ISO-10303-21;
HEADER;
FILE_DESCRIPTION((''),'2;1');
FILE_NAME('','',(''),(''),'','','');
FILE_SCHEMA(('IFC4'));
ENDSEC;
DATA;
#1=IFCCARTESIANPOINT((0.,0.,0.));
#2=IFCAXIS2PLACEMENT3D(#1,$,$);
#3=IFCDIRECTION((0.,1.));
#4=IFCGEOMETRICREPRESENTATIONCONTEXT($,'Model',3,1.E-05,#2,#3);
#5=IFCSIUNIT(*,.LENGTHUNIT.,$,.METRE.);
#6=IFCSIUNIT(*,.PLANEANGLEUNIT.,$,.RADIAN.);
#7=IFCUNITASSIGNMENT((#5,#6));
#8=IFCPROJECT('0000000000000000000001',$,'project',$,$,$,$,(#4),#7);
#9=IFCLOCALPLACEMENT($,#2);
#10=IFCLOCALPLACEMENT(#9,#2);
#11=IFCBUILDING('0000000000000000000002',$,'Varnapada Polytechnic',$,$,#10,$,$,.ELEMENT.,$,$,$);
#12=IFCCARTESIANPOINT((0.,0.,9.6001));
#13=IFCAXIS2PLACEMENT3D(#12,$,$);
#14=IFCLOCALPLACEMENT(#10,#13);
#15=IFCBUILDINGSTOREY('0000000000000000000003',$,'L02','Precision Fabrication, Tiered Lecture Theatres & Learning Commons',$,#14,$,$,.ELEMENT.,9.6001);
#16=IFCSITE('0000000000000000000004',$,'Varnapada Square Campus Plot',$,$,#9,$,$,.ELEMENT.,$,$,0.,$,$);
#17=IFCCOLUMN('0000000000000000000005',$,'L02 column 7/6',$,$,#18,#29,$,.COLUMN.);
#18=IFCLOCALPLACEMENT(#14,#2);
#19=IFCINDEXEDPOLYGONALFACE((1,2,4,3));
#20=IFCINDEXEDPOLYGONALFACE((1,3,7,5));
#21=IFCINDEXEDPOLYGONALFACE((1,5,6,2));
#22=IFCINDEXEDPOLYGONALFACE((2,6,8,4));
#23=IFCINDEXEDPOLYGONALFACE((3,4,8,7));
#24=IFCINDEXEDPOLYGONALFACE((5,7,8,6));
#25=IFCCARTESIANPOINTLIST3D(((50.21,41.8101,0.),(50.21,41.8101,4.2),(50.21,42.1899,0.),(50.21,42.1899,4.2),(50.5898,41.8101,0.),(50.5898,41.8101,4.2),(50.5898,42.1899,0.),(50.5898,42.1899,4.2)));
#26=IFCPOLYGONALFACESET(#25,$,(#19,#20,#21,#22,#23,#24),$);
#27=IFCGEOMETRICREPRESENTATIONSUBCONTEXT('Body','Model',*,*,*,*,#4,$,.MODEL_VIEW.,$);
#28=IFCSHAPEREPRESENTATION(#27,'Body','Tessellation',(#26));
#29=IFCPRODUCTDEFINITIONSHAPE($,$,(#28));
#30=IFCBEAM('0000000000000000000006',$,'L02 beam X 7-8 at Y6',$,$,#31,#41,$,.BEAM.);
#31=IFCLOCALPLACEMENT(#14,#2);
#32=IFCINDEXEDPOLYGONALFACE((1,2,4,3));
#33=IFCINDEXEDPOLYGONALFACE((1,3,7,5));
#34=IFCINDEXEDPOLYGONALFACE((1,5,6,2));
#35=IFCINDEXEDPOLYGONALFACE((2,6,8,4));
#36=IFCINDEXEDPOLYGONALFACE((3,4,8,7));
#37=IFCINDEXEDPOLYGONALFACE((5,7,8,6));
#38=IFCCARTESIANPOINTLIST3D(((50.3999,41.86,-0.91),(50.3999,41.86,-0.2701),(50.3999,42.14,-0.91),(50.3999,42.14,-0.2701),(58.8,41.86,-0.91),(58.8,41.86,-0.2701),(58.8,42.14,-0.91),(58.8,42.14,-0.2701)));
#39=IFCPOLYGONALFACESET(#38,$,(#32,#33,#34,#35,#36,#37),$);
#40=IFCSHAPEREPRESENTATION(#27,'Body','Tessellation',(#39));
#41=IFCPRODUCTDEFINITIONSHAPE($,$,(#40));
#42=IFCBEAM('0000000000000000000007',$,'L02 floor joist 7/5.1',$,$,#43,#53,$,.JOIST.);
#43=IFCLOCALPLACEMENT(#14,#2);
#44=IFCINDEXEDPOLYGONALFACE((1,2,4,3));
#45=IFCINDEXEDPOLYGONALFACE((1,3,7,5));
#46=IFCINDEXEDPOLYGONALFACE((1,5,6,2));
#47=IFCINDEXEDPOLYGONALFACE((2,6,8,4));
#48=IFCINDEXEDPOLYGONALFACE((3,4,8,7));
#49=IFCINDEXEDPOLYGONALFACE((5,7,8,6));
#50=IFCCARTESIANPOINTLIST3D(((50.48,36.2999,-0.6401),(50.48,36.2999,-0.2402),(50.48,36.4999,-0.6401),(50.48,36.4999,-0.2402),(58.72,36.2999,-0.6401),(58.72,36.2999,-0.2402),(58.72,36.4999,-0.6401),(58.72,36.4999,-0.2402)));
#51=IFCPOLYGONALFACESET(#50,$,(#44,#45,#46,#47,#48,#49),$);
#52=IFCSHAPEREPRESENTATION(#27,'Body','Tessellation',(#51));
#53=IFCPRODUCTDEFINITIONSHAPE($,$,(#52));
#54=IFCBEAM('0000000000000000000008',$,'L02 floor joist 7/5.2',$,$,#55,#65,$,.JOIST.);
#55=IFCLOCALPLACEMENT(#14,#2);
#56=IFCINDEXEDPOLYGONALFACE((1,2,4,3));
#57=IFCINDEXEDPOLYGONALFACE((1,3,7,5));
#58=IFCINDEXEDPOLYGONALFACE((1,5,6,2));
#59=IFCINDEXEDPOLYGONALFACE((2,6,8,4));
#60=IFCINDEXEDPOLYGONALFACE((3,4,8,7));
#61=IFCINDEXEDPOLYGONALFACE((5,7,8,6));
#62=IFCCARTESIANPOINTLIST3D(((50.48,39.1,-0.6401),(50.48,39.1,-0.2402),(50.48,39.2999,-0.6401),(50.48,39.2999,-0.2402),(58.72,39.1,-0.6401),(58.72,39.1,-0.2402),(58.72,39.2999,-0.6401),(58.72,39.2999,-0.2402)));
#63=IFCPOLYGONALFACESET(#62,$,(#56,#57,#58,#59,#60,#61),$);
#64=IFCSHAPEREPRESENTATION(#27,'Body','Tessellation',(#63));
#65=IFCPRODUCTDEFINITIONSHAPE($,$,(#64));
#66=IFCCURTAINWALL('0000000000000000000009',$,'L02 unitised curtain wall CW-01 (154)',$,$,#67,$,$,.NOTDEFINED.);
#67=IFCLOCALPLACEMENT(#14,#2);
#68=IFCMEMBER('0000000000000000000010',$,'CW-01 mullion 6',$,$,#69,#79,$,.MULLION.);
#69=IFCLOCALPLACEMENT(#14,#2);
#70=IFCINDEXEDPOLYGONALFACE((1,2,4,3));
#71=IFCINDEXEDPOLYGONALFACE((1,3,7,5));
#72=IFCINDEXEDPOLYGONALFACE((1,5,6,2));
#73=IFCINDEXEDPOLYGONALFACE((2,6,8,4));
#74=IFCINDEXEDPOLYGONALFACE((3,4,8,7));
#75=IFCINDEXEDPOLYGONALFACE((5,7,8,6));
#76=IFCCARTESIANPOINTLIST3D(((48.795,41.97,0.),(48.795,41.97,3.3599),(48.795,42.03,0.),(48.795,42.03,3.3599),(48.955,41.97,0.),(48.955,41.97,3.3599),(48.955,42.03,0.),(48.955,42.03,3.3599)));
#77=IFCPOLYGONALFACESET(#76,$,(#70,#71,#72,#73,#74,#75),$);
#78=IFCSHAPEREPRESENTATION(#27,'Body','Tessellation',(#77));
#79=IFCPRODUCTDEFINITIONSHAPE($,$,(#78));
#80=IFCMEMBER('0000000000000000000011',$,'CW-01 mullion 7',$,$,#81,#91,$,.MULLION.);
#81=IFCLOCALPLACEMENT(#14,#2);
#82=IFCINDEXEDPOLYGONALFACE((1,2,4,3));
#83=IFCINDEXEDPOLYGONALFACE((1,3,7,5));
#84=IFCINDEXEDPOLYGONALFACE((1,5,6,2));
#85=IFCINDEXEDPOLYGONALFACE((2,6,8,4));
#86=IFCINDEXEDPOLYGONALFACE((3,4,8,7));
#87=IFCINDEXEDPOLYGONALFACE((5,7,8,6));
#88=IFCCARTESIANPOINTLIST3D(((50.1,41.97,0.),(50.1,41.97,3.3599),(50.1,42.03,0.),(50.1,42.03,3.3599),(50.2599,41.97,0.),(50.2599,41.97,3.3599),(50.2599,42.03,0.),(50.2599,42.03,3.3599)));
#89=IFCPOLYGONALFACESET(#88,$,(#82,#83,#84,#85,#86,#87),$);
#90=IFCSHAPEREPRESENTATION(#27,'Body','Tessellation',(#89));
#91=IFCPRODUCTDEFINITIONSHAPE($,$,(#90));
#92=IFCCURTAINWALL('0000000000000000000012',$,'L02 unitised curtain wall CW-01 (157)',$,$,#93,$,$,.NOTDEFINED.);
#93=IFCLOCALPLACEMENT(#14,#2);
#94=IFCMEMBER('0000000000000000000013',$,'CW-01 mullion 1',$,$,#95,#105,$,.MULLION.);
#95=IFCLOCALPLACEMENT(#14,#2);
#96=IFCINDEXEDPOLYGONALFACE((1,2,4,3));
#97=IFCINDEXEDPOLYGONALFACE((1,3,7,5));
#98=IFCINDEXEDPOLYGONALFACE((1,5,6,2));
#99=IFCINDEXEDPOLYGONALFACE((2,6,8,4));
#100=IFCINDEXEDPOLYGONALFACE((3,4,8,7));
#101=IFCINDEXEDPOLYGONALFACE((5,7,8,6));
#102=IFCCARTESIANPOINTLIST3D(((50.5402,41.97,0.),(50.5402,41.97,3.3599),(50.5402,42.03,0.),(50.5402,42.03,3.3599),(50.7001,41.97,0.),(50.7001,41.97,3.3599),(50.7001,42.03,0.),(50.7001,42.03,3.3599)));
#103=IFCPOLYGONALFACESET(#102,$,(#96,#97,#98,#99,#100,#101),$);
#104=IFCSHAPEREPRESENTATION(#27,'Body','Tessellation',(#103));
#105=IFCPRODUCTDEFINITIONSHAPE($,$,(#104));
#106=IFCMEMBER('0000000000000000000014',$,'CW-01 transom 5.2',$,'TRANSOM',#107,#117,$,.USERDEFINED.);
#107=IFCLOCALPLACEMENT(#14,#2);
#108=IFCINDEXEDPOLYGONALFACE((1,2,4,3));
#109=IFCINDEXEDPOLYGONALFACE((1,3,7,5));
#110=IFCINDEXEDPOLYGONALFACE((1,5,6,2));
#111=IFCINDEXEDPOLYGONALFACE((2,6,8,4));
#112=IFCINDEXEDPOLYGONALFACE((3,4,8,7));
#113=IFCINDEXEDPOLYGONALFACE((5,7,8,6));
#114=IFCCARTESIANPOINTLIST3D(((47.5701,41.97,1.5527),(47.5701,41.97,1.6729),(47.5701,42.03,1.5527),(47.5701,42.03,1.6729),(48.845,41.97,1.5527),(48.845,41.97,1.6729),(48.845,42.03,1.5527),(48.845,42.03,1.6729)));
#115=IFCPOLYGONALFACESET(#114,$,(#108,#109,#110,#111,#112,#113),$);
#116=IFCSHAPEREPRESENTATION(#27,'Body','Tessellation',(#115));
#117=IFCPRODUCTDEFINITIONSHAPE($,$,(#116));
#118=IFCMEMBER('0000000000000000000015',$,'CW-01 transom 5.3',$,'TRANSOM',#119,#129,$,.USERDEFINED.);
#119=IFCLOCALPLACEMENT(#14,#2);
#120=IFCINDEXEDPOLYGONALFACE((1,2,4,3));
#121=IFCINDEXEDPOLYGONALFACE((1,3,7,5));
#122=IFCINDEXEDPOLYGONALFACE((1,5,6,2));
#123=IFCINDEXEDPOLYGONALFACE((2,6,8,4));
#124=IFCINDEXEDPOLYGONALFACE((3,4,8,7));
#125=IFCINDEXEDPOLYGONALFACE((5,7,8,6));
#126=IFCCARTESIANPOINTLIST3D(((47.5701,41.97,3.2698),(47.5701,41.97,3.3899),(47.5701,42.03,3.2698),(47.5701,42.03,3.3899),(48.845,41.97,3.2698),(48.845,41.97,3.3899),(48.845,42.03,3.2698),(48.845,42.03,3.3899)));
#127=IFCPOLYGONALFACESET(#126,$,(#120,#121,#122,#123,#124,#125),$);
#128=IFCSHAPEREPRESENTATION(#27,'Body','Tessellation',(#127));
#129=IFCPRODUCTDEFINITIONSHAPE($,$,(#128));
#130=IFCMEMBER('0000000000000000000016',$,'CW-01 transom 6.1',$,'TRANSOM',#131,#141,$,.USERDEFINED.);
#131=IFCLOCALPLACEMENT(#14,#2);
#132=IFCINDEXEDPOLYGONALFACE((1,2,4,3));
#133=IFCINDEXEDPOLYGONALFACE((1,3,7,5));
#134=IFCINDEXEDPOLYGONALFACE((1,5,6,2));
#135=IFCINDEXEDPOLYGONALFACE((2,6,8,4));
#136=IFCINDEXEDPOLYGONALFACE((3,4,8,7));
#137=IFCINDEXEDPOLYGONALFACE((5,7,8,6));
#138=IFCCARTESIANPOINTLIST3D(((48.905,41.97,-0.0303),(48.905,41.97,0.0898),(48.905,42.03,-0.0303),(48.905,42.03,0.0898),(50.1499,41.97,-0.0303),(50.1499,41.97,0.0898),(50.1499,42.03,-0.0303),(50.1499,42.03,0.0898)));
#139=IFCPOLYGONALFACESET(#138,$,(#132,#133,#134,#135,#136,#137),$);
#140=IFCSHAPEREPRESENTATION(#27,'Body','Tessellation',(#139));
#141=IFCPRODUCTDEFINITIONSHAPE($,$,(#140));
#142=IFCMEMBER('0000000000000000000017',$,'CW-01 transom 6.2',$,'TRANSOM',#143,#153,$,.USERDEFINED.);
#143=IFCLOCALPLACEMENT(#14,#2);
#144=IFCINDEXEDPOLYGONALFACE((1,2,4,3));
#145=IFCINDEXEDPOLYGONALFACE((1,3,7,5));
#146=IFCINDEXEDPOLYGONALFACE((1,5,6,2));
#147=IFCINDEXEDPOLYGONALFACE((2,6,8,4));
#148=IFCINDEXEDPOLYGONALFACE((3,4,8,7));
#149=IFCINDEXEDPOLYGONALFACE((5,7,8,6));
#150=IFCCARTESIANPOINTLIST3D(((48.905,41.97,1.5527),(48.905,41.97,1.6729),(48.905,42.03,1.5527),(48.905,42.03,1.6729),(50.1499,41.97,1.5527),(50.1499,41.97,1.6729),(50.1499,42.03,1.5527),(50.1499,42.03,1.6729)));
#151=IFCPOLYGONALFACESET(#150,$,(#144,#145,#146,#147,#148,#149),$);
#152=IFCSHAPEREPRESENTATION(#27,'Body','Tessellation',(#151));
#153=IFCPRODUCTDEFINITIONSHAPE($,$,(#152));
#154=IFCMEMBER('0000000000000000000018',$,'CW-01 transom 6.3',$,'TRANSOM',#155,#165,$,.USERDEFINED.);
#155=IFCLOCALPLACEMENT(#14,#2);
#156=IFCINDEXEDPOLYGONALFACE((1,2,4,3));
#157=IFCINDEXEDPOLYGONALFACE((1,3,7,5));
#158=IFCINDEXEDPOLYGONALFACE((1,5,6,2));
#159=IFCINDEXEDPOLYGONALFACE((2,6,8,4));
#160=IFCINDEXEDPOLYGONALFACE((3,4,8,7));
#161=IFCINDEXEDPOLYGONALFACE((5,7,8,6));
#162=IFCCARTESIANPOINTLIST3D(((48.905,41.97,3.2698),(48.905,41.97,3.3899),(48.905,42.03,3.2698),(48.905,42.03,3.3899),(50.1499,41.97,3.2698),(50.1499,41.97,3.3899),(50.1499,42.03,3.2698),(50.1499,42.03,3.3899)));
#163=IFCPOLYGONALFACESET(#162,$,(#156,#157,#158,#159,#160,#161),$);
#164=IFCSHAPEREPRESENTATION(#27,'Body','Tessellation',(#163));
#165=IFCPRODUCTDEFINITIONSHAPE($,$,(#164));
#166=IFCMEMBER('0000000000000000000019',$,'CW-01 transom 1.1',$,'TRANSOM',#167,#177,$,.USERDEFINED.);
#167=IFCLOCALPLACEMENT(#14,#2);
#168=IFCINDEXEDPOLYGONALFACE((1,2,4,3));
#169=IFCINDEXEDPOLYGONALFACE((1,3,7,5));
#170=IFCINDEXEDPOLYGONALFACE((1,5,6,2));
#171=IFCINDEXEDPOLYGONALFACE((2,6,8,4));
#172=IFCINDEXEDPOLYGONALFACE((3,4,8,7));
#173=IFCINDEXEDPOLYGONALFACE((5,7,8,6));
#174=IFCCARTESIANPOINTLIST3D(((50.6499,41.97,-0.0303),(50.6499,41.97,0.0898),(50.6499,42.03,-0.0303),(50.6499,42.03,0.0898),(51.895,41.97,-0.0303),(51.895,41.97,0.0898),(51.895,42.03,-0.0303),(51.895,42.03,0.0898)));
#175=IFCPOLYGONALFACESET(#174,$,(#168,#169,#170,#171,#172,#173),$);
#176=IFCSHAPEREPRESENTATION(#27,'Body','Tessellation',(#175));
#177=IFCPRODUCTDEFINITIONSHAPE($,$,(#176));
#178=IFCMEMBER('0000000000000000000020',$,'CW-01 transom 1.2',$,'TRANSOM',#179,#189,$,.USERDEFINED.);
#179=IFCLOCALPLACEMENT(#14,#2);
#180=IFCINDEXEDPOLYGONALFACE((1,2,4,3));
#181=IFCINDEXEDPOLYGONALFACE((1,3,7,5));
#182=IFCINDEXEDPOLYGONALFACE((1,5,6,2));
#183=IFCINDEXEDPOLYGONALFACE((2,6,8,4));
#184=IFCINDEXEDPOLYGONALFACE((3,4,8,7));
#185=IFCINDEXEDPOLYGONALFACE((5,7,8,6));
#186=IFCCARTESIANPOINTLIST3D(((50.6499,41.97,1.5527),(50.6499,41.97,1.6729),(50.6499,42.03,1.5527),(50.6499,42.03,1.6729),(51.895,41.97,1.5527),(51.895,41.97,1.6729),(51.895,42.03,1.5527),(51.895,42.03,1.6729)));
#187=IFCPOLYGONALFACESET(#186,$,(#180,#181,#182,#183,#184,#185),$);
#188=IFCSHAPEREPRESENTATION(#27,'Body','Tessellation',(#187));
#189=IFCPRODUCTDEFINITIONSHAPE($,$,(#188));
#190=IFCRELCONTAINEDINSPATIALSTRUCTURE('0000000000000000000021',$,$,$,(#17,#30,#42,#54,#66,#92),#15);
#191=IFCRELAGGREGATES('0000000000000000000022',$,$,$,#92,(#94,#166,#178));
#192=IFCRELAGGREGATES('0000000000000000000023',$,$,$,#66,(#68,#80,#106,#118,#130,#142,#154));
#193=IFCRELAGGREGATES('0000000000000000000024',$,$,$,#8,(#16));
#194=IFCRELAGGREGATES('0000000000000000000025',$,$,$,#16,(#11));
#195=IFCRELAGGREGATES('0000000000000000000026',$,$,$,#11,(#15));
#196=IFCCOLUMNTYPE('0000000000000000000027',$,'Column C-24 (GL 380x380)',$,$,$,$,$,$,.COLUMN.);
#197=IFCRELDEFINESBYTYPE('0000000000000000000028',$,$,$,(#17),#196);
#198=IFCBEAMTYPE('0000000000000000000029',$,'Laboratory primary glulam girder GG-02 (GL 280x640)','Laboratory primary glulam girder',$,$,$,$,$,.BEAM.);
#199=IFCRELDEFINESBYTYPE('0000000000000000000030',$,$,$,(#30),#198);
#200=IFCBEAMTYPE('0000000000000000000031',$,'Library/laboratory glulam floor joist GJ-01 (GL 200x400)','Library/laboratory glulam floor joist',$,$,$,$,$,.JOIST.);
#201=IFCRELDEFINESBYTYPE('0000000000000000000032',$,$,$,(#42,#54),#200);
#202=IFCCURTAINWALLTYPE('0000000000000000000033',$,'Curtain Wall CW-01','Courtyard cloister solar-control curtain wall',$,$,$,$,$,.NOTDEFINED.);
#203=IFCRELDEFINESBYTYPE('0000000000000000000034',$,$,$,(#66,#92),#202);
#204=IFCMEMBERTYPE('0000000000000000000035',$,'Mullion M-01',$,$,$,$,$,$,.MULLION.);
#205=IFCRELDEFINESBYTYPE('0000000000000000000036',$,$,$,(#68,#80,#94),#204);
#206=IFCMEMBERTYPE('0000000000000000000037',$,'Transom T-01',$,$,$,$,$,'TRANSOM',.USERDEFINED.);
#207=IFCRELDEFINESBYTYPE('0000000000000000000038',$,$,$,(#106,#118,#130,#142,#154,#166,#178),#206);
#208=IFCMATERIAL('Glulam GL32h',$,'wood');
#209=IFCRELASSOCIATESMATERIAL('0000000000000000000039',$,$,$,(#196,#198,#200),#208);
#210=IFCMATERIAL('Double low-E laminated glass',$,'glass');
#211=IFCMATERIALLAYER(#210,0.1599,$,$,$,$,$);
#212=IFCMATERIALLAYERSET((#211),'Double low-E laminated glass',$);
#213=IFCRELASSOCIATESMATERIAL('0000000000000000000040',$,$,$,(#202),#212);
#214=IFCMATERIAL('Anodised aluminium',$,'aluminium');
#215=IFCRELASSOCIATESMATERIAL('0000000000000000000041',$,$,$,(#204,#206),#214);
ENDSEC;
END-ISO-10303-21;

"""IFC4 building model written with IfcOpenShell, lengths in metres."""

from ifc_helpers import new_model, si_unit, direction, frame, origin, origin_2d, place, context, subcontext, project, spatial, rectangle, extrude, material, layer, layer_set, material_profile, profile_set, type_object, element, aggregate, save


model = new_model("IFC4")

# Units and contexts
model_context = context("Model", 3, precision=1e-05, world=origin(), true_north=direction((0.0, 1.0)))
body_context = subcontext(model_context, "Body", "Model", "MODEL_VIEW")
ifc_project = project(units=[si_unit("LENGTHUNIT", "METRE"), si_unit("PLANEANGLEUNIT", "RADIAN")], contexts=[model_context])

# Site, building, storey
site_placement = place(None, origin())
site = spatial("IfcSite", under=ifc_project, at=site_placement, Name="Varnapada Square Campus Plot", CompositionType="ELEMENT", RefElevation=0.0)
building_placement = place(site_placement, origin())
building = spatial("IfcBuilding", under=site, at=building_placement, Name="Varnapada Polytechnic", CompositionType="ELEMENT")
storey_placement = place(building_placement, frame((0.0, 0.0, 9.6001)))
storey = spatial("IfcBuildingStorey", under=building, at=storey_placement, Name="L02", Description="Precision Fabrication, Tiered Lecture Theatres & Learning Commons", CompositionType="ELEMENT", Elevation=9.6001)

# Column
ifc_material_1 = material(Name="Glulam GL32h", Category="wood")
ifc_material_profile_1 = material_profile(ifc_material_1, rectangle(XDim=0.3799, YDim=0.3799, at=origin_2d()), Name="GL 380x380")
ifc_profile_set_1 = profile_set([ifc_material_profile_1], Name="Glulam GL32h")
column_type = type_object("IfcColumnType", Name="Column C-24 (GL 380x380)", PredefinedType="COLUMN", material=ifc_profile_set_1)
column_placement = place(storey_placement, frame((50.3999, 42.0, 0.0), z_axis=(0.0, 0.0, 1.0), x_axis=(1.0, 0.0, 0.0)))
element("IfcColumn", 1, at=column_placement, inside=storey, type_object=column_type, Name="L02 column 7/6", PredefinedType="COLUMN", context=body_context, shape_type="SweptSolid", body=[
    extrude(rectangle(XDim=0.3799, YDim=0.3799, at=origin_2d()), origin(), (0.0, 0.0, 1.0), 4.2),
])

# Beams
ifc_material_profile_2 = material_profile(ifc_material_1, rectangle(XDim=0.28, YDim=0.6399, at=origin_2d()), Name="GL 280x640")
ifc_profile_set_2 = profile_set([ifc_material_profile_2], Name="Glulam GL32h")
beam_type_1 = type_object("IfcBeamType", Name="Laboratory primary glulam girder GG-02 (GL 280x640)", Description="Laboratory primary glulam girder", PredefinedType="BEAM", material=ifc_profile_set_2)
beam_1_placement = place(storey_placement, frame((50.3999, 42.0, -0.5901), z_axis=(1.0, 0.0, 0.0), x_axis=(0.0, 1.0, 0.0)))
element("IfcBeam", 2, at=beam_1_placement, inside=storey, type_object=beam_type_1, Name="L02 beam X 7-8 at Y6", PredefinedType="BEAM", context=body_context, shape_type="SweptSolid", body=[
    extrude(rectangle(XDim=0.28, YDim=0.6399, at=origin_2d()), origin(), (0.0, 0.0, 1.0), 8.4001),
])
ifc_material_profile_3 = material_profile(ifc_material_1, rectangle(XDim=0.2, YDim=0.3999, at=origin_2d()), Name="GL 200x400")
ifc_profile_set_3 = profile_set([ifc_material_profile_3], Name="Glulam GL32h")
beam_type_2 = type_object("IfcBeamType", Name="Library/laboratory glulam floor joist GJ-01 (GL 200x400)", Description="Library/laboratory glulam floor joist", PredefinedType="JOIST", material=ifc_profile_set_3)
for number, where, z_axis, x_axis, name in (
    (3, (50.48, 36.3999, -0.4402), (1.0, 0.0, 0.0), (0.0, 1.0, 0.0), "L02 floor joist 7/5.1"),
    (4, (50.48, 39.2, -0.4402), (1.0, 0.0, 0.0), (0.0, 1.0, 0.0), "L02 floor joist 7/5.2"),
):
    element("IfcBeam", number, at=place(storey_placement, frame(where, z_axis=z_axis, x_axis=x_axis)), inside=storey, type_object=beam_type_2, Name=name, PredefinedType="JOIST", context=body_context, shape_type="SweptSolid", body=[
        extrude(rectangle(XDim=0.2, YDim=0.3999, at=origin_2d()), origin(), (0.0, 0.0, 1.0), 8.24),
    ])

# Curtain wall, members
ifc_material_2 = material(Name="Double low-E laminated glass", Category="glass")
ifc_layer_1 = layer(ifc_material_2, 0.1599)
ifc_layer_set_1 = layer_set([ifc_layer_1], Name="Double low-E laminated glass")
curtain_wall_type = type_object("IfcCurtainWallType", Name="Curtain Wall CW-01", Description="Courtyard cloister solar-control curtain wall", PredefinedType="NOTDEFINED", material=ifc_layer_set_1)
curtain_wall_1_placement = place(storey_placement, origin())
curtain_wall_1 = element("IfcCurtainWall", 5, at=curtain_wall_1_placement, inside=storey, type_object=curtain_wall_type, Name="L02 unitised curtain wall CW-01 (154)", PredefinedType="NOTDEFINED")
ifc_material_3 = material(Name="Anodised aluminium", Category="aluminium")
ifc_material_profile_4 = material_profile(ifc_material_3, rectangle(XDim=0.0601, YDim=0.1599, at=origin_2d()), Name="ALU M60x160")
ifc_profile_set_4 = profile_set([ifc_material_profile_4], Name="Anodised aluminium")
member_type_1 = type_object("IfcMemberType", Name="Mullion M-01", PredefinedType="MULLION", material=ifc_profile_set_4)
member_1_placement = place(storey_placement, frame((48.875, 42.0, 0.0), z_axis=(0.0, 0.0, 1.0), x_axis=(0.0, 1.0, 0.0)))
member_1 = element("IfcMember", 6, at=member_1_placement, type_object=member_type_1, Name="CW-01 mullion 6", PredefinedType="MULLION", context=body_context, shape_type="SweptSolid", body=[
    extrude(rectangle(XDim=0.0601, YDim=0.1599, at=origin_2d()), origin(), (0.0, 0.0, 1.0), 3.3599),
])
member_2_placement = place(storey_placement, frame((50.1799, 42.0, 0.0), z_axis=(0.0, 0.0, 1.0), x_axis=(0.0, 1.0, 0.0)))
member_2 = element("IfcMember", 7, at=member_2_placement, type_object=member_type_1, Name="CW-01 mullion 7", PredefinedType="MULLION", context=body_context, shape_type="SweptSolid", body=[
    extrude(rectangle(XDim=0.0601, YDim=0.1599, at=origin_2d()), origin(), (0.0, 0.0, 1.0), 3.3599),
])

# Curtain wall, member
curtain_wall_2_placement = place(storey_placement, origin())
curtain_wall_2 = element("IfcCurtainWall", 8, at=curtain_wall_2_placement, inside=storey, type_object=curtain_wall_type, Name="L02 unitised curtain wall CW-01 (157)", PredefinedType="NOTDEFINED")
member_3_placement = place(storey_placement, frame((50.6201, 42.0, 0.0), z_axis=(0.0, 0.0, 1.0), x_axis=(0.0, 1.0, 0.0)))
member_3 = element("IfcMember", 9, at=member_3_placement, type_object=member_type_1, Name="CW-01 mullion 1", PredefinedType="MULLION", context=body_context, shape_type="SweptSolid", body=[
    extrude(rectangle(XDim=0.0601, YDim=0.1599, at=origin_2d()), origin(), (0.0, 0.0, 1.0), 3.3599),
])

# Members
ifc_material_profile_5 = material_profile(ifc_material_3, rectangle(XDim=0.0601, YDim=0.1201, at=origin_2d()), Name="ALU T60x120")
ifc_profile_set_5 = profile_set([ifc_material_profile_5], Name="Anodised aluminium")
member_type_2 = type_object("IfcMemberType", Name="Transom T-01", ElementType="TRANSOM", PredefinedType="USERDEFINED", material=ifc_profile_set_5)
member_4_placement = place(storey_placement, frame((47.5701, 42.0, 1.6128), z_axis=(1.0, 0.0, 0.0), x_axis=(0.0, 1.0, 0.0)))
member_4 = element("IfcMember", 10, at=member_4_placement, type_object=member_type_2, Name="CW-01 transom 5.2", ObjectType="TRANSOM", PredefinedType="USERDEFINED", context=body_context, shape_type="SweptSolid", body=[
    extrude(rectangle(XDim=0.0601, YDim=0.1201, at=origin_2d()), origin(), (0.0, 0.0, 1.0), 1.2749),
])
member_5_placement = place(storey_placement, frame((47.5701, 42.0, 3.3298), z_axis=(1.0, 0.0, 0.0), x_axis=(0.0, 1.0, 0.0)))
member_5 = element("IfcMember", 11, at=member_5_placement, type_object=member_type_2, Name="CW-01 transom 5.3", ObjectType="TRANSOM", PredefinedType="USERDEFINED", context=body_context, shape_type="SweptSolid", body=[
    extrude(rectangle(XDim=0.0601, YDim=0.1201, at=origin_2d()), origin(), (0.0, 0.0, 1.0), 1.2749),
])
member_6_placement = place(storey_placement, frame((48.905, 42.0, 0.0298), z_axis=(1.0, 0.0, 0.0), x_axis=(0.0, 1.0, 0.0)))
member_6 = element("IfcMember", 12, at=member_6_placement, type_object=member_type_2, Name="CW-01 transom 6.1", ObjectType="TRANSOM", PredefinedType="USERDEFINED", context=body_context, shape_type="SweptSolid", body=[
    extrude(rectangle(XDim=0.0601, YDim=0.1201, at=origin_2d()), origin(), (0.0, 0.0, 1.0), 1.2449),
])
member_7_placement = place(storey_placement, frame((48.905, 42.0, 1.6128), z_axis=(1.0, 0.0, 0.0), x_axis=(0.0, 1.0, 0.0)))
member_7 = element("IfcMember", 13, at=member_7_placement, type_object=member_type_2, Name="CW-01 transom 6.2", ObjectType="TRANSOM", PredefinedType="USERDEFINED", context=body_context, shape_type="SweptSolid", body=[
    extrude(rectangle(XDim=0.0601, YDim=0.1201, at=origin_2d()), origin(), (0.0, 0.0, 1.0), 1.2449),
])
member_8_placement = place(storey_placement, frame((48.905, 42.0, 3.3298), z_axis=(1.0, 0.0, 0.0), x_axis=(0.0, 1.0, 0.0)))
member_8 = element("IfcMember", 14, at=member_8_placement, type_object=member_type_2, Name="CW-01 transom 6.3", ObjectType="TRANSOM", PredefinedType="USERDEFINED", context=body_context, shape_type="SweptSolid", body=[
    extrude(rectangle(XDim=0.0601, YDim=0.1201, at=origin_2d()), origin(), (0.0, 0.0, 1.0), 1.2449),
])
member_9_placement = place(storey_placement, frame((50.6499, 42.0, 0.0298), z_axis=(1.0, 0.0, 0.0), x_axis=(0.0, 1.0, 0.0)))
member_9 = element("IfcMember", 15, at=member_9_placement, type_object=member_type_2, Name="CW-01 transom 1.1", ObjectType="TRANSOM", PredefinedType="USERDEFINED", context=body_context, shape_type="SweptSolid", body=[
    extrude(rectangle(XDim=0.0601, YDim=0.1201, at=origin_2d()), origin(), (0.0, 0.0, 1.0), 1.2451),
])
member_10_placement = place(storey_placement, frame((50.6499, 42.0, 1.6128), z_axis=(1.0, 0.0, 0.0), x_axis=(0.0, 1.0, 0.0)))
member_10 = element("IfcMember", 16, at=member_10_placement, type_object=member_type_2, Name="CW-01 transom 1.2", ObjectType="TRANSOM", PredefinedType="USERDEFINED", context=body_context, shape_type="SweptSolid", body=[
    extrude(rectangle(XDim=0.0601, YDim=0.1201, at=origin_2d()), origin(), (0.0, 0.0, 1.0), 1.2451),
])
aggregate(curtain_wall_2, [member_3, member_9, member_10])

aggregate(curtain_wall_1, [member_1, member_2, member_4, member_5, member_6, member_7, member_8])

save(model, "model.ifc")
